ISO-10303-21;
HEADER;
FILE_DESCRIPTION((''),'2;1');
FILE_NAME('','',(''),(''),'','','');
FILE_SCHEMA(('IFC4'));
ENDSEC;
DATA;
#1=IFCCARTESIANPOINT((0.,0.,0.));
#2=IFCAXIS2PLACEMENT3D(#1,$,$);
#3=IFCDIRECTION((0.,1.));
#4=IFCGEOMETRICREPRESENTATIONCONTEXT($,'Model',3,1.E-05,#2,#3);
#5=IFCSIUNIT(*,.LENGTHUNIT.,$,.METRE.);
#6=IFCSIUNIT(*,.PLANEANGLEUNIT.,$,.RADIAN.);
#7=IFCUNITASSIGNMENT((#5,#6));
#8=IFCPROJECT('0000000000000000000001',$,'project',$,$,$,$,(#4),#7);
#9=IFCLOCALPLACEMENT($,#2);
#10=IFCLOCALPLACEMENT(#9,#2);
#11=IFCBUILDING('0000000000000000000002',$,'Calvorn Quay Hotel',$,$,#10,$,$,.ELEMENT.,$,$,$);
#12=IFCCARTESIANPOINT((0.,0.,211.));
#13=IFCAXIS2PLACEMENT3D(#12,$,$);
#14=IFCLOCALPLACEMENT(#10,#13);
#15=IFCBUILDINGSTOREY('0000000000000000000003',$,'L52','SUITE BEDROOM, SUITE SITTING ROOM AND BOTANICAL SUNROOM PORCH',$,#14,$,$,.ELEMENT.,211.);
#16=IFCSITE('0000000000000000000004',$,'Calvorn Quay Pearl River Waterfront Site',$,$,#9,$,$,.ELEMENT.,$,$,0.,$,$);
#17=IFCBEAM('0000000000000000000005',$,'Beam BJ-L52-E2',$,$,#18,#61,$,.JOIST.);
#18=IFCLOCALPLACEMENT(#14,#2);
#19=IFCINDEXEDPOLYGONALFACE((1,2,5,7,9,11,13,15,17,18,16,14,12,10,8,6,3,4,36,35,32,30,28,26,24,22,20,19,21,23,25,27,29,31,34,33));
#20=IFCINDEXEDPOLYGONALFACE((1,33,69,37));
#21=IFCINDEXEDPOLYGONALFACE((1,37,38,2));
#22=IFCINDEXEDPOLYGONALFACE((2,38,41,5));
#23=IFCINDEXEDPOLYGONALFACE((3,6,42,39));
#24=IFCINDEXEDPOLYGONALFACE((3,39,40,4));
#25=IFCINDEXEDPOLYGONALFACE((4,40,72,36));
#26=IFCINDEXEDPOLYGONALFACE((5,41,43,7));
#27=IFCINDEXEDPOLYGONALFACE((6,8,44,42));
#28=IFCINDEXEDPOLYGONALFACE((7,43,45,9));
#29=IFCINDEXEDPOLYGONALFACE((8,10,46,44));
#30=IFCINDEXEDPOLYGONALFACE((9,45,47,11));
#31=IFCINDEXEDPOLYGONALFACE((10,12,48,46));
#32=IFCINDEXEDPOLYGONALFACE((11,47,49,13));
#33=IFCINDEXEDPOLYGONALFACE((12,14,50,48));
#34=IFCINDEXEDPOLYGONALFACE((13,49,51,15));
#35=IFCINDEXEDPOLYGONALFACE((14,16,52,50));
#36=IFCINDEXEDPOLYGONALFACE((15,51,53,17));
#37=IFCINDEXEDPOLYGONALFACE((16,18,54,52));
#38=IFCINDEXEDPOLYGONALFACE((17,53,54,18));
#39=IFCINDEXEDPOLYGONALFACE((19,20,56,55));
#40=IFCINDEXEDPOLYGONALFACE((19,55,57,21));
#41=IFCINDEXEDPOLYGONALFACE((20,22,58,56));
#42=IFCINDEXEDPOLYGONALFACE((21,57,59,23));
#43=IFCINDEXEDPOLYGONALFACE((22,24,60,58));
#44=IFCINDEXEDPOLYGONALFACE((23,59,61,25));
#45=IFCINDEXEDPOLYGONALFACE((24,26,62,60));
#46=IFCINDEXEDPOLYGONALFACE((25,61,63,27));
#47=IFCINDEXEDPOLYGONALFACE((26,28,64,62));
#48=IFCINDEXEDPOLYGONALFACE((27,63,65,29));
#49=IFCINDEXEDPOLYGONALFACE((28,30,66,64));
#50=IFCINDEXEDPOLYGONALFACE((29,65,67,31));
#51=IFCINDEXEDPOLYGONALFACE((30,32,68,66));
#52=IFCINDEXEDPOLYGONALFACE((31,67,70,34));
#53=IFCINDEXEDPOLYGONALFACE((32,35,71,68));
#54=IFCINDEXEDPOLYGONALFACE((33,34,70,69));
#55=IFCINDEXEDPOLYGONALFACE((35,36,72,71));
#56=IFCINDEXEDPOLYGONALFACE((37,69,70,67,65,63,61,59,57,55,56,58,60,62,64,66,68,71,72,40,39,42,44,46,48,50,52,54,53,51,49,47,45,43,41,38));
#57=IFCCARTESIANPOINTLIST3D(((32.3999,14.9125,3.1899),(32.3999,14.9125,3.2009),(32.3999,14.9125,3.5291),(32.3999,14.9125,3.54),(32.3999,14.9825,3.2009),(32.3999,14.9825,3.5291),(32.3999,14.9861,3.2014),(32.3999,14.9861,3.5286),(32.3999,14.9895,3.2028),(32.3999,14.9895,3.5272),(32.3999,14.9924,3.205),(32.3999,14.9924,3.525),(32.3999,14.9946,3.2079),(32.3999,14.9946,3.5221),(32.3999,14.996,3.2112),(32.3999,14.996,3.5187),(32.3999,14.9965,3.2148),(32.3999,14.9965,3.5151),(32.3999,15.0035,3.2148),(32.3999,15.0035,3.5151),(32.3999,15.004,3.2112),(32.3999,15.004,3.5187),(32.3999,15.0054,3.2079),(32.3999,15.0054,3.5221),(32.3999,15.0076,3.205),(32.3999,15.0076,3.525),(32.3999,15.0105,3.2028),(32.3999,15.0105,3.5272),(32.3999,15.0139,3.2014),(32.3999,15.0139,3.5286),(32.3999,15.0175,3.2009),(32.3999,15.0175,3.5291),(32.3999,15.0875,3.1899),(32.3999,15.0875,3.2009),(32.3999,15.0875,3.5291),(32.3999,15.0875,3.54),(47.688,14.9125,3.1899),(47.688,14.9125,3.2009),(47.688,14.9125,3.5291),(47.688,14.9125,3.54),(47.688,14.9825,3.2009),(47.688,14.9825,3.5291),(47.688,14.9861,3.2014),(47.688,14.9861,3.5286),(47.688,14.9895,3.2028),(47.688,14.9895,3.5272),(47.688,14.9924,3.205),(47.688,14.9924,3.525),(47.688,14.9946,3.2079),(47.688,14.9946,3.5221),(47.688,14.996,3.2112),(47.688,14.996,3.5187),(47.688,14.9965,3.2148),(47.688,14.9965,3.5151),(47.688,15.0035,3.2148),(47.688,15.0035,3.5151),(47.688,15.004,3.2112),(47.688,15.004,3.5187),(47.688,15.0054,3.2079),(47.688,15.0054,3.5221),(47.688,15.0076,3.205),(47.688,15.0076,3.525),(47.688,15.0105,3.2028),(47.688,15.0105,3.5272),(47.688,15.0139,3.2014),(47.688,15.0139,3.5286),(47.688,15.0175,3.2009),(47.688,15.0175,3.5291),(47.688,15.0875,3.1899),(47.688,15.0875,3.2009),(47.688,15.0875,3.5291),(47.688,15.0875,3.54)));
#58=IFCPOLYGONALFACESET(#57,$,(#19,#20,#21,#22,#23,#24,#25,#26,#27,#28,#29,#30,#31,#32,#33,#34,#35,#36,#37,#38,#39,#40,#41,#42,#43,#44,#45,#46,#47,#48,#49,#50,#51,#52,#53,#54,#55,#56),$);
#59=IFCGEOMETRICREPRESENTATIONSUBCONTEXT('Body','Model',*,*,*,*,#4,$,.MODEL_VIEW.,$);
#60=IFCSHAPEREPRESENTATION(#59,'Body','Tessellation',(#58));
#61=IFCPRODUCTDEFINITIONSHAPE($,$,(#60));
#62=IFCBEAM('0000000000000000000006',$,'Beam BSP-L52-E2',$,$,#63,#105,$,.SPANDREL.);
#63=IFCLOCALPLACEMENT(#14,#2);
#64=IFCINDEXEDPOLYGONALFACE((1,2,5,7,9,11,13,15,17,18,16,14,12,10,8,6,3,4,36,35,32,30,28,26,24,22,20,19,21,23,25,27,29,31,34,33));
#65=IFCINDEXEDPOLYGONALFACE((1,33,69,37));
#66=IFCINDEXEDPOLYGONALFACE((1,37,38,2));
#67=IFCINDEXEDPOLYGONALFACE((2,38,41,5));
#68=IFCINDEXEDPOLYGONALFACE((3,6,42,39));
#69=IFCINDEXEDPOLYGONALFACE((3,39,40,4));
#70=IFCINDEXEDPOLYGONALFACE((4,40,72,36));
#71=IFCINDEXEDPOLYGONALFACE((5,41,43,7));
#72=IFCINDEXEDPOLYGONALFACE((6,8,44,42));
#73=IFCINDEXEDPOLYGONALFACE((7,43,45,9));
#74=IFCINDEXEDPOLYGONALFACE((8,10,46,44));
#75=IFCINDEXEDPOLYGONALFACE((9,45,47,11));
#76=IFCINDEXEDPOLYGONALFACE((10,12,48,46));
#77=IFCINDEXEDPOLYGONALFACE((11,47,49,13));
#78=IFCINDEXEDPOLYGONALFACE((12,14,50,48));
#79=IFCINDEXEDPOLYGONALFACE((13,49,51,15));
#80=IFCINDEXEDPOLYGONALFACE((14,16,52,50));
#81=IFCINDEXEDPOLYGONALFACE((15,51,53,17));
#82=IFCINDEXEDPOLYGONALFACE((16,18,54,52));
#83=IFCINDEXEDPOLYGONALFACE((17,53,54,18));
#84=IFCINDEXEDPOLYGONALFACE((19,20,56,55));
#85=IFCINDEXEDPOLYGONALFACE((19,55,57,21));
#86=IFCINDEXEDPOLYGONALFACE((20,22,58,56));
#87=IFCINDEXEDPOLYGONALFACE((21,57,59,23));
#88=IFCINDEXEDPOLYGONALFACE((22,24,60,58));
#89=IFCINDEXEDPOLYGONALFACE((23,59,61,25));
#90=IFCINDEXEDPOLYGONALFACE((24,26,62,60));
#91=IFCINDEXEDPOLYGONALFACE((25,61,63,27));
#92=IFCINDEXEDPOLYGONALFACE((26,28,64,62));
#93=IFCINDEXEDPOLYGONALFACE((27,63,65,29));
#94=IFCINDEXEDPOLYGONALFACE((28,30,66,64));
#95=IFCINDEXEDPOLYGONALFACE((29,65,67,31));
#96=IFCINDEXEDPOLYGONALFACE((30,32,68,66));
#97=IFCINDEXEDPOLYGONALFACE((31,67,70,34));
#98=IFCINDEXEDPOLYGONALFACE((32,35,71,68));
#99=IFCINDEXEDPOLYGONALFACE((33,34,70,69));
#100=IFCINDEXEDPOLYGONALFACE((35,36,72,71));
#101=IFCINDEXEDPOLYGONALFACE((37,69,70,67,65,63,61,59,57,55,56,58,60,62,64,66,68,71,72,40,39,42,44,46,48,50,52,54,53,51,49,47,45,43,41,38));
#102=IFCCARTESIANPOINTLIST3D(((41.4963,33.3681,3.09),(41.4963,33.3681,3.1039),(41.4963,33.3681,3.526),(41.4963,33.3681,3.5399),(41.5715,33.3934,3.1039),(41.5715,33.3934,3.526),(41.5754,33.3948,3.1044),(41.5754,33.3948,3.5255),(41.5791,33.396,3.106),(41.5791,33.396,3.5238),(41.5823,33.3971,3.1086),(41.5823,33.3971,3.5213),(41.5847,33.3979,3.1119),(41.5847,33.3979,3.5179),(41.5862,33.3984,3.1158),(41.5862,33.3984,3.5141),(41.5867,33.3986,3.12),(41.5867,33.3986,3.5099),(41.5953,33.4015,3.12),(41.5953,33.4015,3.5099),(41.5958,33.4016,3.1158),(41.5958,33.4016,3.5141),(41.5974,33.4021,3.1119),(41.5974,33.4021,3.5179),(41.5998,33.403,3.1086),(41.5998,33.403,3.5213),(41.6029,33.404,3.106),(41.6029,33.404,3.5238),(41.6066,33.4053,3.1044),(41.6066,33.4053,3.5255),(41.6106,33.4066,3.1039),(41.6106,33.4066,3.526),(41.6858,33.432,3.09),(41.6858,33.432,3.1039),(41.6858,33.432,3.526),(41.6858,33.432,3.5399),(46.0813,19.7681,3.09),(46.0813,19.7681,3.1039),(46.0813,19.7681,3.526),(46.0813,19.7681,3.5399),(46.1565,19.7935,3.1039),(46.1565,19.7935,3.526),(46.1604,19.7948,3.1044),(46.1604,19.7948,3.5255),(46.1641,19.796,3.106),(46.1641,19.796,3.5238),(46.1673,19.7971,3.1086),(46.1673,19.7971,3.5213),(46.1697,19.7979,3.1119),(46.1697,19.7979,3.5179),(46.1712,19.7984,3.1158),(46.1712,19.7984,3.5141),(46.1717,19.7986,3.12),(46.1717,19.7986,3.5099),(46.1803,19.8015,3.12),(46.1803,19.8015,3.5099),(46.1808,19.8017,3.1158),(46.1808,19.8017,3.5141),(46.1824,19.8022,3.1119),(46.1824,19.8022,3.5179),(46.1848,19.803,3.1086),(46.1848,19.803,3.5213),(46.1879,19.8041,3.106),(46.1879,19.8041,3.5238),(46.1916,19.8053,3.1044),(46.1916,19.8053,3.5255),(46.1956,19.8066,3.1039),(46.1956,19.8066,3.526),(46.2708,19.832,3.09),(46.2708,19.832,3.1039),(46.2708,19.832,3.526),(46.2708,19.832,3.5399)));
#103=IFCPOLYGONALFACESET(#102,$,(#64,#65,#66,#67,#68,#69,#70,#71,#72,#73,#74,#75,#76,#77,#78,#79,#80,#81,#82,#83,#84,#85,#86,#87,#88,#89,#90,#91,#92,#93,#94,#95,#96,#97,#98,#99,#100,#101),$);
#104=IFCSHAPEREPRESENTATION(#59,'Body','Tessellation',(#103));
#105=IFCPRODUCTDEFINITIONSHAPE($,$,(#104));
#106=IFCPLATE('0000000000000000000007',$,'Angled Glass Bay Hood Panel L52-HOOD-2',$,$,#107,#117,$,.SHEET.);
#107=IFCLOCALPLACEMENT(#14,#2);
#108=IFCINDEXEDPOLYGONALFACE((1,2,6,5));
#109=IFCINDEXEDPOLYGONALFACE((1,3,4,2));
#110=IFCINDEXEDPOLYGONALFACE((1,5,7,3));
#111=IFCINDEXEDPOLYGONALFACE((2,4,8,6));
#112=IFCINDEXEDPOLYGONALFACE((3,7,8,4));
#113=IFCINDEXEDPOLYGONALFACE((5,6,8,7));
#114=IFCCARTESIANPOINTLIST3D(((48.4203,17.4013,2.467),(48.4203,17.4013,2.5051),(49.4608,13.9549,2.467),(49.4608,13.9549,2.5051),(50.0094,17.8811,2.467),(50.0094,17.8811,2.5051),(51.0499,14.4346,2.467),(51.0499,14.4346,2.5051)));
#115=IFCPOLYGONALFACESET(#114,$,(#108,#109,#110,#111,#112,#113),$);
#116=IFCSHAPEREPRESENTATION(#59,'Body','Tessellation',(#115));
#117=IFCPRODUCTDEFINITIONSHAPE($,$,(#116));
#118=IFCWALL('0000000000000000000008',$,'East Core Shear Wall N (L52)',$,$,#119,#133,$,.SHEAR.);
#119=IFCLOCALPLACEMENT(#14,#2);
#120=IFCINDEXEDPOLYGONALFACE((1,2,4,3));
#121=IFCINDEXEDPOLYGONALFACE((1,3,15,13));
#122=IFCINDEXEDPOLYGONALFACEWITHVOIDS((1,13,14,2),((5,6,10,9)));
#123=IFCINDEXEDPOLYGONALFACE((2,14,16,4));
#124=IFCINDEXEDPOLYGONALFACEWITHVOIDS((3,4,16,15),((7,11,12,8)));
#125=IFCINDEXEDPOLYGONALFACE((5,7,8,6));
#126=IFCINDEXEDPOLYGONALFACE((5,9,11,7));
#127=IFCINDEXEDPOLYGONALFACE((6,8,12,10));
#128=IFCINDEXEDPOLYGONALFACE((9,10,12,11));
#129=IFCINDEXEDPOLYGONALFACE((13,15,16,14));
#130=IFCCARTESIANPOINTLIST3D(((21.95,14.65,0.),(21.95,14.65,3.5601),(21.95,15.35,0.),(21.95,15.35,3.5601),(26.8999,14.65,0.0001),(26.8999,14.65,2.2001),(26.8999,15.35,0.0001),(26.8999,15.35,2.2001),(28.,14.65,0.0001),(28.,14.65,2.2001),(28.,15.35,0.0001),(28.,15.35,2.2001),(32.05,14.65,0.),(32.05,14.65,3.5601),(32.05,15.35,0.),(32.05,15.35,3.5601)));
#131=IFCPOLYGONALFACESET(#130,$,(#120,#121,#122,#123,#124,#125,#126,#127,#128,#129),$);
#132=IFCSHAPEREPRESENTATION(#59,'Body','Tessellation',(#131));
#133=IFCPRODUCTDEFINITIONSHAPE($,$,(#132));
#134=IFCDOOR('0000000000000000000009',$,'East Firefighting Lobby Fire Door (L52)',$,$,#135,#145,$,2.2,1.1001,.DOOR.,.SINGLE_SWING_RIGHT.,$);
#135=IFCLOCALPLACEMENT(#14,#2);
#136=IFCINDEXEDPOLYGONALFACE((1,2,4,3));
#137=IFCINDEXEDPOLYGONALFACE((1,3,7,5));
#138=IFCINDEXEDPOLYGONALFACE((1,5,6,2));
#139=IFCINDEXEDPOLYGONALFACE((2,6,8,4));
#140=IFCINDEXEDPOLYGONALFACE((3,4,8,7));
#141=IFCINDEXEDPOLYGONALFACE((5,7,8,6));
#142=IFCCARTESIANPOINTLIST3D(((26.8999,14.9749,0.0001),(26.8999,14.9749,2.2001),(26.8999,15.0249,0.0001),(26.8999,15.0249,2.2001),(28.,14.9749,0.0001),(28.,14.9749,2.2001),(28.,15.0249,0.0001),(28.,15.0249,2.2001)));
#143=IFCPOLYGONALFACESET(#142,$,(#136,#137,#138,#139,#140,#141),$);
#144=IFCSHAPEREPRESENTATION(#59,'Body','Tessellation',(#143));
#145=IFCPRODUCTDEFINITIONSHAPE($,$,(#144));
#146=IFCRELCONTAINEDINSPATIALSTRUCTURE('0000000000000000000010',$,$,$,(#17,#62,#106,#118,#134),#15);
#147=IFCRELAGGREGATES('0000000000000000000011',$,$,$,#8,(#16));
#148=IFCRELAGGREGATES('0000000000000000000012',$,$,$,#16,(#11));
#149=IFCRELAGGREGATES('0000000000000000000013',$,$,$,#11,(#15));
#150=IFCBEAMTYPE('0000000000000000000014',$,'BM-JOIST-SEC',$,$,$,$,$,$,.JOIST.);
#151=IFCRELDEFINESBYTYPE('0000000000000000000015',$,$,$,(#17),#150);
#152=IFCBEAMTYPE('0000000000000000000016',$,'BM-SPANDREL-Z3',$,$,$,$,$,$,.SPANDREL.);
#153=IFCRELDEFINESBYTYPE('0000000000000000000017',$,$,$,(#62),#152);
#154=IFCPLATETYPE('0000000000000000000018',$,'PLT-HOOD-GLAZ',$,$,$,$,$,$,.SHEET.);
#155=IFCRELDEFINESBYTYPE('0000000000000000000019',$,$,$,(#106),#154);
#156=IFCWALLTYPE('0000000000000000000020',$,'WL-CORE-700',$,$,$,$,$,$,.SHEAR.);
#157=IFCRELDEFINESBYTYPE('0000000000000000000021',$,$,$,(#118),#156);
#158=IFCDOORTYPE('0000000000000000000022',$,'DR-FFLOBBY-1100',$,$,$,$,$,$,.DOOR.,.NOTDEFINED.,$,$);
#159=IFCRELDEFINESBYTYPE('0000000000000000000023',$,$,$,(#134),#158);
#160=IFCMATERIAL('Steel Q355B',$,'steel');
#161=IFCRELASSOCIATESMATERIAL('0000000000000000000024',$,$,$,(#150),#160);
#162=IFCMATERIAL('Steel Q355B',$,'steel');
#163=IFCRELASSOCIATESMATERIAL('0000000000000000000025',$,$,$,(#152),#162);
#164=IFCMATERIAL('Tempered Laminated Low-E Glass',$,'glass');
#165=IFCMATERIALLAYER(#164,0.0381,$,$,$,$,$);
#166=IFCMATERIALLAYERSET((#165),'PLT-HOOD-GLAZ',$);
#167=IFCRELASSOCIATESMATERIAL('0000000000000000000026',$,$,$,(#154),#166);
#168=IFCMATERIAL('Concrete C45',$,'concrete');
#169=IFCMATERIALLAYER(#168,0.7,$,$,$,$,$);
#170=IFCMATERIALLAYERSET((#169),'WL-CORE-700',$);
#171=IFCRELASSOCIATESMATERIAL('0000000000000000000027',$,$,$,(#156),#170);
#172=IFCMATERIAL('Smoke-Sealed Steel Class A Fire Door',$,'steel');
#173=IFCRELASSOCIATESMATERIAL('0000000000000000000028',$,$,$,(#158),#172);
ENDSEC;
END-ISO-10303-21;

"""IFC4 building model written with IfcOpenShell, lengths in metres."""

from ifc_helpers import new_model, si_unit, direction, frame, frame_2d, origin, origin_2d, place, context, subcontext, project, spatial, rectangle, i_section, extrude, material, layer, layer_set, material_profile, profile_set, type_object, element, fill, save


model = new_model("IFC4")

# Units and contexts
model_context = context("Model", 3, precision=1e-05, world=origin(), true_north=direction((0.0, 1.0)))
body_context = subcontext(model_context, "Body", "Model", "MODEL_VIEW")
ifc_project = project(units=[si_unit("LENGTHUNIT", "METRE"), si_unit("PLANEANGLEUNIT", "RADIAN")], contexts=[model_context])

# Site, building, storey
site_placement = place(None, origin())
site = spatial("IfcSite", under=ifc_project, at=site_placement, Name="Calvorn Quay Pearl River Waterfront Site", CompositionType="ELEMENT", RefElevation=0.0)
building_placement = place(site_placement, origin())
building = spatial("IfcBuilding", under=site, at=building_placement, Name="Calvorn Quay Hotel", CompositionType="ELEMENT")
storey_placement = place(building_placement, frame((0.0, 0.0, 211.0)))
storey = spatial("IfcBuildingStorey", under=building, at=storey_placement, Name="L52", Description="SUITE BEDROOM, SUITE SITTING ROOM AND BOTANICAL SUNROOM PORCH", CompositionType="ELEMENT", Elevation=211.0)

# Beams
ifc_material_1 = material(Name="Steel Q355B", Category="steel")
ifc_material_profile_1 = material_profile(ifc_material_1, i_section(OverallWidth=0.175, OverallDepth=0.3501, WebThickness=0.0071, FlangeThickness=0.011, FilletRadius=0.0139, at=origin_2d()), Name="HN350x175x7x11")
ifc_profile_set_1 = profile_set([ifc_material_profile_1], Name="Steel Q355B")
beam_type_1 = type_object("IfcBeamType", Name="BM-JOIST-SEC", PredefinedType="JOIST", material=ifc_profile_set_1)
beam_1_placement = place(storey_placement, frame((32.3999, 15.0, 3.365), z_axis=(1.0, 0.0, 0.0), x_axis=(0.0, 1.0, 0.0)))
element("IfcBeam", 1, at=beam_1_placement, inside=storey, type_object=beam_type_1, Name="Beam BJ-L52-E2", PredefinedType="JOIST", context=body_context, shape_type="SweptSolid", body=[
    extrude(i_section(OverallWidth=0.175, OverallDepth=0.3501, WebThickness=0.0071, FlangeThickness=0.011, FilletRadius=0.0139, at=origin_2d()), origin(), (0.0, 0.0, 1.0), 15.2881),
])
ifc_material_2 = material(Name="Steel Q355B", Category="steel")
ifc_material_profile_2 = material_profile(ifc_material_2, i_section(OverallWidth=0.2, OverallDepth=0.45, WebThickness=0.009, FlangeThickness=0.0139, FilletRadius=0.0161, at=origin_2d()), Name="HN450x200x9x14")
ifc_profile_set_2 = profile_set([ifc_material_profile_2], Name="Steel Q355B")
beam_type_2 = type_object("IfcBeamType", Name="BM-SPANDREL-Z3", PredefinedType="SPANDREL", material=ifc_profile_set_2)
beam_2_placement = place(storey_placement, frame((46.176, 19.8, 3.3149), z_axis=(-0.319467, 0.947598, 0.0), x_axis=(-0.947598, -0.319467, 0.0)))
element("IfcBeam", 2, at=beam_2_placement, inside=storey, type_object=beam_type_2, Name="Beam BSP-L52-E2", PredefinedType="SPANDREL", context=body_context, shape_type="SweptSolid", body=[
    extrude(i_section(OverallWidth=0.2, OverallDepth=0.45, WebThickness=0.009, FlangeThickness=0.0139, FilletRadius=0.0161, at=origin_2d()), origin(), (0.0, 0.0, 1.0), 14.3521),
])

# Plate
ifc_material_3 = material(Name="Tempered Laminated Low-E Glass", Category="glass")
ifc_layer_1 = layer(ifc_material_3, 0.0381)
ifc_layer_set_1 = layer_set([ifc_layer_1], Name="PLT-HOOD-GLAZ")
plate_type = type_object("IfcPlateType", Name="PLT-HOOD-GLAZ", PredefinedType="SHEET", material=ifc_layer_set_1)
plate_placement = place(storey_placement, frame((49.7351, 15.918, 2.467), z_axis=(0.0, 0.0, 1.0), x_axis=(0.957319, 0.289032, 0.0)))
element("IfcPlate", 3, at=plate_placement, inside=storey, type_object=plate_type, Name="Angled Glass Bay Hood Panel L52-HOOD-2", PredefinedType="SHEET", context=body_context, shape_type="SweptSolid", body=[
    extrude(rectangle(XDim=1.6599, YDim=3.6001, at=origin_2d()), origin(), (0.0, 0.0, 1.0), 0.0381),
])

# Wall, opening, door
ifc_material_4 = material(Name="Concrete C45", Category="concrete")
ifc_layer_2 = layer(ifc_material_4, 0.7)
ifc_layer_set_2 = layer_set([ifc_layer_2], Name="WL-CORE-700")
wall_type_1 = type_object("IfcWallType", Name="WL-CORE-700", PredefinedType="SHEAR", material=ifc_layer_set_2)
wall_1_placement = place(storey_placement, frame((21.95, 15.0, 0.0), z_axis=(0.0, 0.0, 1.0), x_axis=(1.0, 0.0, 0.0)))
wall_1 = element("IfcWall", 4, at=wall_1_placement, inside=storey, type_object=wall_type_1, Name="East Core Shear Wall N (L52)", PredefinedType="SHEAR", context=body_context, shape_type="SweptSolid", body=[
    extrude(rectangle(XDim=10.1001, YDim=0.7, at=frame_2d((5.05, 0.0))), origin(), (0.0, 0.0, 1.0), 3.5601),
])
opening_1_placement = place(wall_1_placement, frame((4.95, 0.0, 0.0)))
opening_1 = element("IfcOpeningElement", 5, at=opening_1_placement, cuts=wall_1, PredefinedType="OPENING", context=body_context, shape_type="SweptSolid", body=[
    extrude(rectangle(XDim=1.1001, YDim=2.2, at=frame_2d((0.55, 1.1001))), frame((0.0, 0.3599, 0.0), z_axis=(0.0, -1.0, 0.0), x_axis=(1.0, 0.0, 0.0)), (0.0, 0.0, 1.0), 0.72),
])
ifc_material_5 = material(Name="Smoke-Sealed Steel Class A Fire Door", Category="steel")
door_type_1 = type_object("IfcDoorType", Name="DR-FFLOBBY-1100", OperationType="NOTDEFINED", PredefinedType="DOOR", material=ifc_material_5)
door_1_placement = place(opening_1_placement, origin())
door_1 = element("IfcDoor", 6, at=door_1_placement, inside=storey, type_object=door_type_1, Name="East Firefighting Lobby Fire Door (L52)", OperationType="SINGLE_SWING_RIGHT", OverallHeight=2.2, OverallWidth=1.1001, PredefinedType="DOOR", context=body_context, shape_type="SweptSolid", body=[
    extrude(rectangle(XDim=1.1001, YDim=2.2, at=frame_2d((0.55, 1.1001))), frame((0.0, 0.0249, 0.0), z_axis=(0.0, -1.0, 0.0), x_axis=(1.0, 0.0, 0.0)), (0.0, 0.0, 1.0), 0.05),
])
fill(opening_1, door_1)

save(model, "model.ifc")
